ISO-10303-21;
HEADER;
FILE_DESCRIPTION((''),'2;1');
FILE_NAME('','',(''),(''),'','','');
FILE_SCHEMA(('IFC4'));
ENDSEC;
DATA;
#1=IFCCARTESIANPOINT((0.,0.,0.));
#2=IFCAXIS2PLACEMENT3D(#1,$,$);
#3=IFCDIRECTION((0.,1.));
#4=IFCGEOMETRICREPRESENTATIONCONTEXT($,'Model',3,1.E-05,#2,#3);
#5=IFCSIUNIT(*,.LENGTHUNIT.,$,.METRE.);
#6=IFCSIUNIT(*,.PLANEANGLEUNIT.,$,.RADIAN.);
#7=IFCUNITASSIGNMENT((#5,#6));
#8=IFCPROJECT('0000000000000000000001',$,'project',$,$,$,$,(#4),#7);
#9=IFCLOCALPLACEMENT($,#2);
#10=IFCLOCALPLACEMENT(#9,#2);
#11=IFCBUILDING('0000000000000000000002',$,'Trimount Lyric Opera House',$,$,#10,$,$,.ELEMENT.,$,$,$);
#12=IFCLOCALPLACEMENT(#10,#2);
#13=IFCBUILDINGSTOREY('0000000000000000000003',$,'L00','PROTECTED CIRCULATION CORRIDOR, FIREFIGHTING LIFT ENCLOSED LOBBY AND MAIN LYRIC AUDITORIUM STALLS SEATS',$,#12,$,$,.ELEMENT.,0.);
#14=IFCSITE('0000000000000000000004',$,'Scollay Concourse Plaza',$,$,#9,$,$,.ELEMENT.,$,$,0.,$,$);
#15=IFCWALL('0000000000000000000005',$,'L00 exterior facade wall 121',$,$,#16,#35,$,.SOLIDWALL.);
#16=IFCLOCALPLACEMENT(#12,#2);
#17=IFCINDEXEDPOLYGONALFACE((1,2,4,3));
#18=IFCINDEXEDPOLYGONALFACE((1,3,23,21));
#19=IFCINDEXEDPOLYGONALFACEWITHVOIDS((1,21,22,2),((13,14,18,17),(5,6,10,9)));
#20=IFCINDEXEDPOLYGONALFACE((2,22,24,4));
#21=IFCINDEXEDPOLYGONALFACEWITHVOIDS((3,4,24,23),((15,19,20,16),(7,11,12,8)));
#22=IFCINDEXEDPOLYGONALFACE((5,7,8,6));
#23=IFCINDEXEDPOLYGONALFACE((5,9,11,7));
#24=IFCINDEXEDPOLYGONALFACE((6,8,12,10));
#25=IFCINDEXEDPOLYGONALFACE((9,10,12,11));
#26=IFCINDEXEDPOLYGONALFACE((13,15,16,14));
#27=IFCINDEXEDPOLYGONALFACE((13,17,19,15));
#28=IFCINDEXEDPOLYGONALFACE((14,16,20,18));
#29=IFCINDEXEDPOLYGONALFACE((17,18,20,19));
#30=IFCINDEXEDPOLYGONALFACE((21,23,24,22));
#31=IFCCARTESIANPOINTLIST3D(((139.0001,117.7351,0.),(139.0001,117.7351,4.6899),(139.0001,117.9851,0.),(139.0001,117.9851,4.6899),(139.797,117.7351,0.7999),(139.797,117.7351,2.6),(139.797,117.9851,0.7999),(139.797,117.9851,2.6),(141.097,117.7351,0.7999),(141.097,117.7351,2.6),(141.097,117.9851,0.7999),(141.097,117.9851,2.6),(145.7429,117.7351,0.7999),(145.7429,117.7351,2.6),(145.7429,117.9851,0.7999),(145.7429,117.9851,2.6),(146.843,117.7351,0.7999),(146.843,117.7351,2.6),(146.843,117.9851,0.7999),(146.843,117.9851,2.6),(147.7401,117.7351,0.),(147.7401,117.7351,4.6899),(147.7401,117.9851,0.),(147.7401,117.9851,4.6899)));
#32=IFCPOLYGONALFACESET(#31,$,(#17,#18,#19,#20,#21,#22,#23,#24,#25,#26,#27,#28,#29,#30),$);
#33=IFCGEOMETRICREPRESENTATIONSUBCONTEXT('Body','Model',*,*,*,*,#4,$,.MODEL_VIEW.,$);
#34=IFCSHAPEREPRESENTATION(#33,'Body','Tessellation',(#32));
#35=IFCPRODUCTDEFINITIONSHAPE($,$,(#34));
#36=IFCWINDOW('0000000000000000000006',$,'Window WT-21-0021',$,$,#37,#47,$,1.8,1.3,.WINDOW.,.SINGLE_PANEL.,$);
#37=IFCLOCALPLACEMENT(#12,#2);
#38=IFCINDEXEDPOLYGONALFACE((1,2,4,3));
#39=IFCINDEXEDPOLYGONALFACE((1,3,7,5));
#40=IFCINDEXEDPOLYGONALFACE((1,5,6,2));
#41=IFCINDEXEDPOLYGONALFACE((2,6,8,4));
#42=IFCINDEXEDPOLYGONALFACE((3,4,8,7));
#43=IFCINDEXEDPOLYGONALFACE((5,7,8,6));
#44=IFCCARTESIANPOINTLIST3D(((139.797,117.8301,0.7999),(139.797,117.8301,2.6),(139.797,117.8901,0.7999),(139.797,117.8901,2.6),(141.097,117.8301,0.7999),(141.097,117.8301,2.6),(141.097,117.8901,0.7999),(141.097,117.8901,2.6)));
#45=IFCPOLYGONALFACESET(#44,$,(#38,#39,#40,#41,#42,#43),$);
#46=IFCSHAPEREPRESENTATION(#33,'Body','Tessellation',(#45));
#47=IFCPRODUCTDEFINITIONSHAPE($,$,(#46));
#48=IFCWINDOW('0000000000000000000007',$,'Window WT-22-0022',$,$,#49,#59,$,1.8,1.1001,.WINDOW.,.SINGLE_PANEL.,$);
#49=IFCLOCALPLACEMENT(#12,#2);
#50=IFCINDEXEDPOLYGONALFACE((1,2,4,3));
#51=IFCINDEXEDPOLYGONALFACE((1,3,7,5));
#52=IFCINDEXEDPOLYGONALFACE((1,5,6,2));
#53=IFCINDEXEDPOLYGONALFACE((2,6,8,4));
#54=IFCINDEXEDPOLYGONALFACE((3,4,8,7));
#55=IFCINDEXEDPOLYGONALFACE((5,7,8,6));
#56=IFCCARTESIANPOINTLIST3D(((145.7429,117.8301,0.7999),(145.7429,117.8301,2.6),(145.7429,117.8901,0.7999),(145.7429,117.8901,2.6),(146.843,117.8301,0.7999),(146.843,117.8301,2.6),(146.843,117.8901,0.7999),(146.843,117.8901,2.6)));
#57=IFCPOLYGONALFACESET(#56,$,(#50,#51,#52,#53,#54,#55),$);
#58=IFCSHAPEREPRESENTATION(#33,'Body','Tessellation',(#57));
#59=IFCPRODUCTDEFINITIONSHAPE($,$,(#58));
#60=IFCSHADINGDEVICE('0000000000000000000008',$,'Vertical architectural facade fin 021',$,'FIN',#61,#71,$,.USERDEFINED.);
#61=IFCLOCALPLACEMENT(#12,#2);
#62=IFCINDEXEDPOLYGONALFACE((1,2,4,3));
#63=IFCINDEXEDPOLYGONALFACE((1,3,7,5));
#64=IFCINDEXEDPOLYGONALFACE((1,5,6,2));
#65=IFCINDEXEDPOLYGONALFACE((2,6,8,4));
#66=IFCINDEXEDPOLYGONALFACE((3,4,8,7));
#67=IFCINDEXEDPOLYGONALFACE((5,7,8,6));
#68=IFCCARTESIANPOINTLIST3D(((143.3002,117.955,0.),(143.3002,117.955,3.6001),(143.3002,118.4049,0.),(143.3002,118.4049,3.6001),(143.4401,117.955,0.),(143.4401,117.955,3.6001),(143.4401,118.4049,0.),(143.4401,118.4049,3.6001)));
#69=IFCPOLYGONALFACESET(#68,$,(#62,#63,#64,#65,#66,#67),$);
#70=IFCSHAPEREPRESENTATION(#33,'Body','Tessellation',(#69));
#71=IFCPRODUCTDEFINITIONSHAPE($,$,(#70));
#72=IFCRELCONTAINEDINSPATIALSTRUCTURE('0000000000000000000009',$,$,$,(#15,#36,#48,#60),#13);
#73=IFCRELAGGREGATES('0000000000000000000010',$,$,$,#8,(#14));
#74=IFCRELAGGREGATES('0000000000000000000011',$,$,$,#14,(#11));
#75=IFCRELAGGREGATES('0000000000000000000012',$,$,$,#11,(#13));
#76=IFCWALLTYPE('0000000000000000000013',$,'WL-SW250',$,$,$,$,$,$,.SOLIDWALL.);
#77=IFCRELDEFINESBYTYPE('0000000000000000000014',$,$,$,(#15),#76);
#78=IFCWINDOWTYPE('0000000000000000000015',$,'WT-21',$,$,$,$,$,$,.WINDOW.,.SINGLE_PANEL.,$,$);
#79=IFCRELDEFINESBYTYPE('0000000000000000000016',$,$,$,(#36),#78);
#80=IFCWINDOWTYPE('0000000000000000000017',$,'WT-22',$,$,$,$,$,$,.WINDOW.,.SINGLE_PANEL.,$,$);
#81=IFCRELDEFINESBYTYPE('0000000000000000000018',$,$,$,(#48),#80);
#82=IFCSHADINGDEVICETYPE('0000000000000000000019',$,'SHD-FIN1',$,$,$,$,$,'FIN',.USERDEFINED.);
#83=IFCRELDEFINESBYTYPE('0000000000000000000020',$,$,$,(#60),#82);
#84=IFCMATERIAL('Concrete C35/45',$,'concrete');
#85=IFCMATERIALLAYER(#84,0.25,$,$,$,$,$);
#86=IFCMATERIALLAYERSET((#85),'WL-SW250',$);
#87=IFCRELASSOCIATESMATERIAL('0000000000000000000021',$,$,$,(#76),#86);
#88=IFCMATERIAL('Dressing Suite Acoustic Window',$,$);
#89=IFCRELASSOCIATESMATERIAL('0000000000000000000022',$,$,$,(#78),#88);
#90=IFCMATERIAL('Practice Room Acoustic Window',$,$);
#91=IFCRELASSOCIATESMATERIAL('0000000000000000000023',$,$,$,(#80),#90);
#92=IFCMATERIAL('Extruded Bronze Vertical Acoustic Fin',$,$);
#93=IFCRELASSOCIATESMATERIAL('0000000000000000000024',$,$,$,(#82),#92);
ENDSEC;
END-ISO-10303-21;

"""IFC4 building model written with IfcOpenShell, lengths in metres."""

from ifc_helpers import new_model, si_unit, direction, frame, frame_2d, origin, origin_2d, place, context, subcontext, project, spatial, rectangle, extrude, material, layer, layer_set, type_object, element, fill, save


model = new_model("IFC4")

# Units and contexts
model_context = context("Model", 3, precision=1e-05, world=origin(), true_north=direction((0.0, 1.0)))
body_context = subcontext(model_context, "Body", "Model", "MODEL_VIEW")
ifc_project = project(units=[si_unit("LENGTHUNIT", "METRE"), si_unit("PLANEANGLEUNIT", "RADIAN")], contexts=[model_context])

# Site, building, storey
site_placement = place(None, origin())
site = spatial("IfcSite", under=ifc_project, at=site_placement, Name="Scollay Concourse Plaza", CompositionType="ELEMENT", RefElevation=0.0)
building_placement = place(site_placement, origin())
building = spatial("IfcBuilding", under=site, at=building_placement, Name="Trimount Lyric Opera House", CompositionType="ELEMENT")
storey_placement = place(building_placement, origin())
storey = spatial("IfcBuildingStorey", under=building, at=storey_placement, Name="L00", Description="PROTECTED CIRCULATION CORRIDOR, FIREFIGHTING LIFT ENCLOSED LOBBY AND MAIN LYRIC AUDITORIUM STALLS SEATS", CompositionType="ELEMENT", Elevation=0.0)

# Wall, openings, windows
ifc_material_1 = material(Name="Concrete C35/45", Category="concrete")
ifc_layer_1 = layer(ifc_material_1, 0.25)
ifc_layer_set_1 = layer_set([ifc_layer_1], Name="WL-SW250")
wall_type_1 = type_object("IfcWallType", Name="WL-SW250", PredefinedType="SOLIDWALL", material=ifc_layer_set_1)
wall_1_placement = place(storey_placement, frame((139.0, 117.8601, 0.0), z_axis=(0.0, 0.0, 1.0), x_axis=(1.0, 0.0, 0.0)))
wall_1 = element("IfcWall", 1, at=wall_1_placement, inside=storey, type_object=wall_type_1, Name="L00 exterior facade wall 121", PredefinedType="SOLIDWALL", context=body_context, shape_type="SweptSolid", body=[
    extrude(rectangle(XDim=8.74, YDim=0.25, at=frame_2d((4.3701, 0.0))), origin(), (0.0, 0.0, 1.0), 4.6899),
])
opening_1_placement = place(wall_1_placement, frame((0.7971, 0.0, 0.8)))
opening_1 = element("IfcOpeningElement", 2, at=opening_1_placement, cuts=wall_1, PredefinedType="OPENING", context=body_context, shape_type="SweptSolid", body=[
    extrude(rectangle(XDim=1.3, YDim=1.8, at=frame_2d((0.6499, 0.8999))), frame((0.0, 0.135, 0.0), z_axis=(0.0, -1.0, 0.0), x_axis=(1.0, 0.0, 0.0)), (0.0, 0.0, 1.0), 0.27),
])
opening_2_placement = place(wall_1_placement, frame((6.7429, 0.0, 0.8)))
opening_2 = element("IfcOpeningElement", 3, at=opening_2_placement, cuts=wall_1, PredefinedType="OPENING", context=body_context, shape_type="SweptSolid", body=[
    extrude(rectangle(XDim=1.1001, YDim=1.8, at=frame_2d((0.55, 0.8999))), frame((0.0, 0.135, 0.0), z_axis=(0.0, -1.0, 0.0), x_axis=(1.0, 0.0, 0.0)), (0.0, 0.0, 1.0), 0.27),
])
ifc_material_2 = material(Name="Dressing Suite Acoustic Window")
window_type_1 = type_object("IfcWindowType", Name="WT-21", PartitioningType="SINGLE_PANEL", PredefinedType="WINDOW", material=ifc_material_2)
window_1_placement = place(opening_1_placement, origin())
window_1 = element("IfcWindow", 4, at=window_1_placement, inside=storey, type_object=window_type_1, Name="Window WT-21-0021", OverallHeight=1.8, OverallWidth=1.3, PartitioningType="SINGLE_PANEL", PredefinedType="WINDOW", context=body_context, shape_type="SweptSolid", body=[
    extrude(rectangle(XDim=1.3, YDim=1.8, at=frame_2d((0.6499, 0.8999))), frame((0.0, 0.03, 0.0), z_axis=(0.0, -1.0, 0.0), x_axis=(1.0, 0.0, 0.0)), (0.0, 0.0, 1.0), 0.0601),
])
fill(opening_1, window_1)
ifc_material_3 = material(Name="Practice Room Acoustic Window")
window_type_2 = type_object("IfcWindowType", Name="WT-22", PartitioningType="SINGLE_PANEL", PredefinedType="WINDOW", material=ifc_material_3)
window_2_placement = place(opening_2_placement, origin())
window_2 = element("IfcWindow", 5, at=window_2_placement, inside=storey, type_object=window_type_2, Name="Window WT-22-0022", OverallHeight=1.8, OverallWidth=1.1001, PartitioningType="SINGLE_PANEL", PredefinedType="WINDOW", context=body_context, shape_type="SweptSolid", body=[
    extrude(rectangle(XDim=1.1001, YDim=1.8, at=frame_2d((0.55, 0.8999))), frame((0.0, 0.03, 0.0), z_axis=(0.0, -1.0, 0.0), x_axis=(1.0, 0.0, 0.0)), (0.0, 0.0, 1.0), 0.0601),
])
fill(opening_2, window_2)

# Shading device
ifc_material_4 = material(Name="Extruded Bronze Vertical Acoustic Fin")
shading_device_type = type_object("IfcShadingDeviceType", Name="SHD-FIN1", ElementType="FIN", PredefinedType="USERDEFINED", material=ifc_material_4)
shading_device_placement = place(storey_placement, frame((143.3701, 118.1799, 0.0), z_axis=(0.0, 0.0, 1.0), x_axis=(1.0, 0.0, 0.0)))
element("IfcShadingDevice", 6, at=shading_device_placement, inside=storey, type_object=shading_device_type, Name="Vertical architectural facade fin 021", ObjectType="FIN", PredefinedType="USERDEFINED", context=body_context, shape_type="SweptSolid", body=[
    extrude(rectangle(XDim=0.1399, YDim=0.45, at=origin_2d()), origin(), (0.0, 0.0, 1.0), 3.6001),
])

save(model, "model.ifc")
